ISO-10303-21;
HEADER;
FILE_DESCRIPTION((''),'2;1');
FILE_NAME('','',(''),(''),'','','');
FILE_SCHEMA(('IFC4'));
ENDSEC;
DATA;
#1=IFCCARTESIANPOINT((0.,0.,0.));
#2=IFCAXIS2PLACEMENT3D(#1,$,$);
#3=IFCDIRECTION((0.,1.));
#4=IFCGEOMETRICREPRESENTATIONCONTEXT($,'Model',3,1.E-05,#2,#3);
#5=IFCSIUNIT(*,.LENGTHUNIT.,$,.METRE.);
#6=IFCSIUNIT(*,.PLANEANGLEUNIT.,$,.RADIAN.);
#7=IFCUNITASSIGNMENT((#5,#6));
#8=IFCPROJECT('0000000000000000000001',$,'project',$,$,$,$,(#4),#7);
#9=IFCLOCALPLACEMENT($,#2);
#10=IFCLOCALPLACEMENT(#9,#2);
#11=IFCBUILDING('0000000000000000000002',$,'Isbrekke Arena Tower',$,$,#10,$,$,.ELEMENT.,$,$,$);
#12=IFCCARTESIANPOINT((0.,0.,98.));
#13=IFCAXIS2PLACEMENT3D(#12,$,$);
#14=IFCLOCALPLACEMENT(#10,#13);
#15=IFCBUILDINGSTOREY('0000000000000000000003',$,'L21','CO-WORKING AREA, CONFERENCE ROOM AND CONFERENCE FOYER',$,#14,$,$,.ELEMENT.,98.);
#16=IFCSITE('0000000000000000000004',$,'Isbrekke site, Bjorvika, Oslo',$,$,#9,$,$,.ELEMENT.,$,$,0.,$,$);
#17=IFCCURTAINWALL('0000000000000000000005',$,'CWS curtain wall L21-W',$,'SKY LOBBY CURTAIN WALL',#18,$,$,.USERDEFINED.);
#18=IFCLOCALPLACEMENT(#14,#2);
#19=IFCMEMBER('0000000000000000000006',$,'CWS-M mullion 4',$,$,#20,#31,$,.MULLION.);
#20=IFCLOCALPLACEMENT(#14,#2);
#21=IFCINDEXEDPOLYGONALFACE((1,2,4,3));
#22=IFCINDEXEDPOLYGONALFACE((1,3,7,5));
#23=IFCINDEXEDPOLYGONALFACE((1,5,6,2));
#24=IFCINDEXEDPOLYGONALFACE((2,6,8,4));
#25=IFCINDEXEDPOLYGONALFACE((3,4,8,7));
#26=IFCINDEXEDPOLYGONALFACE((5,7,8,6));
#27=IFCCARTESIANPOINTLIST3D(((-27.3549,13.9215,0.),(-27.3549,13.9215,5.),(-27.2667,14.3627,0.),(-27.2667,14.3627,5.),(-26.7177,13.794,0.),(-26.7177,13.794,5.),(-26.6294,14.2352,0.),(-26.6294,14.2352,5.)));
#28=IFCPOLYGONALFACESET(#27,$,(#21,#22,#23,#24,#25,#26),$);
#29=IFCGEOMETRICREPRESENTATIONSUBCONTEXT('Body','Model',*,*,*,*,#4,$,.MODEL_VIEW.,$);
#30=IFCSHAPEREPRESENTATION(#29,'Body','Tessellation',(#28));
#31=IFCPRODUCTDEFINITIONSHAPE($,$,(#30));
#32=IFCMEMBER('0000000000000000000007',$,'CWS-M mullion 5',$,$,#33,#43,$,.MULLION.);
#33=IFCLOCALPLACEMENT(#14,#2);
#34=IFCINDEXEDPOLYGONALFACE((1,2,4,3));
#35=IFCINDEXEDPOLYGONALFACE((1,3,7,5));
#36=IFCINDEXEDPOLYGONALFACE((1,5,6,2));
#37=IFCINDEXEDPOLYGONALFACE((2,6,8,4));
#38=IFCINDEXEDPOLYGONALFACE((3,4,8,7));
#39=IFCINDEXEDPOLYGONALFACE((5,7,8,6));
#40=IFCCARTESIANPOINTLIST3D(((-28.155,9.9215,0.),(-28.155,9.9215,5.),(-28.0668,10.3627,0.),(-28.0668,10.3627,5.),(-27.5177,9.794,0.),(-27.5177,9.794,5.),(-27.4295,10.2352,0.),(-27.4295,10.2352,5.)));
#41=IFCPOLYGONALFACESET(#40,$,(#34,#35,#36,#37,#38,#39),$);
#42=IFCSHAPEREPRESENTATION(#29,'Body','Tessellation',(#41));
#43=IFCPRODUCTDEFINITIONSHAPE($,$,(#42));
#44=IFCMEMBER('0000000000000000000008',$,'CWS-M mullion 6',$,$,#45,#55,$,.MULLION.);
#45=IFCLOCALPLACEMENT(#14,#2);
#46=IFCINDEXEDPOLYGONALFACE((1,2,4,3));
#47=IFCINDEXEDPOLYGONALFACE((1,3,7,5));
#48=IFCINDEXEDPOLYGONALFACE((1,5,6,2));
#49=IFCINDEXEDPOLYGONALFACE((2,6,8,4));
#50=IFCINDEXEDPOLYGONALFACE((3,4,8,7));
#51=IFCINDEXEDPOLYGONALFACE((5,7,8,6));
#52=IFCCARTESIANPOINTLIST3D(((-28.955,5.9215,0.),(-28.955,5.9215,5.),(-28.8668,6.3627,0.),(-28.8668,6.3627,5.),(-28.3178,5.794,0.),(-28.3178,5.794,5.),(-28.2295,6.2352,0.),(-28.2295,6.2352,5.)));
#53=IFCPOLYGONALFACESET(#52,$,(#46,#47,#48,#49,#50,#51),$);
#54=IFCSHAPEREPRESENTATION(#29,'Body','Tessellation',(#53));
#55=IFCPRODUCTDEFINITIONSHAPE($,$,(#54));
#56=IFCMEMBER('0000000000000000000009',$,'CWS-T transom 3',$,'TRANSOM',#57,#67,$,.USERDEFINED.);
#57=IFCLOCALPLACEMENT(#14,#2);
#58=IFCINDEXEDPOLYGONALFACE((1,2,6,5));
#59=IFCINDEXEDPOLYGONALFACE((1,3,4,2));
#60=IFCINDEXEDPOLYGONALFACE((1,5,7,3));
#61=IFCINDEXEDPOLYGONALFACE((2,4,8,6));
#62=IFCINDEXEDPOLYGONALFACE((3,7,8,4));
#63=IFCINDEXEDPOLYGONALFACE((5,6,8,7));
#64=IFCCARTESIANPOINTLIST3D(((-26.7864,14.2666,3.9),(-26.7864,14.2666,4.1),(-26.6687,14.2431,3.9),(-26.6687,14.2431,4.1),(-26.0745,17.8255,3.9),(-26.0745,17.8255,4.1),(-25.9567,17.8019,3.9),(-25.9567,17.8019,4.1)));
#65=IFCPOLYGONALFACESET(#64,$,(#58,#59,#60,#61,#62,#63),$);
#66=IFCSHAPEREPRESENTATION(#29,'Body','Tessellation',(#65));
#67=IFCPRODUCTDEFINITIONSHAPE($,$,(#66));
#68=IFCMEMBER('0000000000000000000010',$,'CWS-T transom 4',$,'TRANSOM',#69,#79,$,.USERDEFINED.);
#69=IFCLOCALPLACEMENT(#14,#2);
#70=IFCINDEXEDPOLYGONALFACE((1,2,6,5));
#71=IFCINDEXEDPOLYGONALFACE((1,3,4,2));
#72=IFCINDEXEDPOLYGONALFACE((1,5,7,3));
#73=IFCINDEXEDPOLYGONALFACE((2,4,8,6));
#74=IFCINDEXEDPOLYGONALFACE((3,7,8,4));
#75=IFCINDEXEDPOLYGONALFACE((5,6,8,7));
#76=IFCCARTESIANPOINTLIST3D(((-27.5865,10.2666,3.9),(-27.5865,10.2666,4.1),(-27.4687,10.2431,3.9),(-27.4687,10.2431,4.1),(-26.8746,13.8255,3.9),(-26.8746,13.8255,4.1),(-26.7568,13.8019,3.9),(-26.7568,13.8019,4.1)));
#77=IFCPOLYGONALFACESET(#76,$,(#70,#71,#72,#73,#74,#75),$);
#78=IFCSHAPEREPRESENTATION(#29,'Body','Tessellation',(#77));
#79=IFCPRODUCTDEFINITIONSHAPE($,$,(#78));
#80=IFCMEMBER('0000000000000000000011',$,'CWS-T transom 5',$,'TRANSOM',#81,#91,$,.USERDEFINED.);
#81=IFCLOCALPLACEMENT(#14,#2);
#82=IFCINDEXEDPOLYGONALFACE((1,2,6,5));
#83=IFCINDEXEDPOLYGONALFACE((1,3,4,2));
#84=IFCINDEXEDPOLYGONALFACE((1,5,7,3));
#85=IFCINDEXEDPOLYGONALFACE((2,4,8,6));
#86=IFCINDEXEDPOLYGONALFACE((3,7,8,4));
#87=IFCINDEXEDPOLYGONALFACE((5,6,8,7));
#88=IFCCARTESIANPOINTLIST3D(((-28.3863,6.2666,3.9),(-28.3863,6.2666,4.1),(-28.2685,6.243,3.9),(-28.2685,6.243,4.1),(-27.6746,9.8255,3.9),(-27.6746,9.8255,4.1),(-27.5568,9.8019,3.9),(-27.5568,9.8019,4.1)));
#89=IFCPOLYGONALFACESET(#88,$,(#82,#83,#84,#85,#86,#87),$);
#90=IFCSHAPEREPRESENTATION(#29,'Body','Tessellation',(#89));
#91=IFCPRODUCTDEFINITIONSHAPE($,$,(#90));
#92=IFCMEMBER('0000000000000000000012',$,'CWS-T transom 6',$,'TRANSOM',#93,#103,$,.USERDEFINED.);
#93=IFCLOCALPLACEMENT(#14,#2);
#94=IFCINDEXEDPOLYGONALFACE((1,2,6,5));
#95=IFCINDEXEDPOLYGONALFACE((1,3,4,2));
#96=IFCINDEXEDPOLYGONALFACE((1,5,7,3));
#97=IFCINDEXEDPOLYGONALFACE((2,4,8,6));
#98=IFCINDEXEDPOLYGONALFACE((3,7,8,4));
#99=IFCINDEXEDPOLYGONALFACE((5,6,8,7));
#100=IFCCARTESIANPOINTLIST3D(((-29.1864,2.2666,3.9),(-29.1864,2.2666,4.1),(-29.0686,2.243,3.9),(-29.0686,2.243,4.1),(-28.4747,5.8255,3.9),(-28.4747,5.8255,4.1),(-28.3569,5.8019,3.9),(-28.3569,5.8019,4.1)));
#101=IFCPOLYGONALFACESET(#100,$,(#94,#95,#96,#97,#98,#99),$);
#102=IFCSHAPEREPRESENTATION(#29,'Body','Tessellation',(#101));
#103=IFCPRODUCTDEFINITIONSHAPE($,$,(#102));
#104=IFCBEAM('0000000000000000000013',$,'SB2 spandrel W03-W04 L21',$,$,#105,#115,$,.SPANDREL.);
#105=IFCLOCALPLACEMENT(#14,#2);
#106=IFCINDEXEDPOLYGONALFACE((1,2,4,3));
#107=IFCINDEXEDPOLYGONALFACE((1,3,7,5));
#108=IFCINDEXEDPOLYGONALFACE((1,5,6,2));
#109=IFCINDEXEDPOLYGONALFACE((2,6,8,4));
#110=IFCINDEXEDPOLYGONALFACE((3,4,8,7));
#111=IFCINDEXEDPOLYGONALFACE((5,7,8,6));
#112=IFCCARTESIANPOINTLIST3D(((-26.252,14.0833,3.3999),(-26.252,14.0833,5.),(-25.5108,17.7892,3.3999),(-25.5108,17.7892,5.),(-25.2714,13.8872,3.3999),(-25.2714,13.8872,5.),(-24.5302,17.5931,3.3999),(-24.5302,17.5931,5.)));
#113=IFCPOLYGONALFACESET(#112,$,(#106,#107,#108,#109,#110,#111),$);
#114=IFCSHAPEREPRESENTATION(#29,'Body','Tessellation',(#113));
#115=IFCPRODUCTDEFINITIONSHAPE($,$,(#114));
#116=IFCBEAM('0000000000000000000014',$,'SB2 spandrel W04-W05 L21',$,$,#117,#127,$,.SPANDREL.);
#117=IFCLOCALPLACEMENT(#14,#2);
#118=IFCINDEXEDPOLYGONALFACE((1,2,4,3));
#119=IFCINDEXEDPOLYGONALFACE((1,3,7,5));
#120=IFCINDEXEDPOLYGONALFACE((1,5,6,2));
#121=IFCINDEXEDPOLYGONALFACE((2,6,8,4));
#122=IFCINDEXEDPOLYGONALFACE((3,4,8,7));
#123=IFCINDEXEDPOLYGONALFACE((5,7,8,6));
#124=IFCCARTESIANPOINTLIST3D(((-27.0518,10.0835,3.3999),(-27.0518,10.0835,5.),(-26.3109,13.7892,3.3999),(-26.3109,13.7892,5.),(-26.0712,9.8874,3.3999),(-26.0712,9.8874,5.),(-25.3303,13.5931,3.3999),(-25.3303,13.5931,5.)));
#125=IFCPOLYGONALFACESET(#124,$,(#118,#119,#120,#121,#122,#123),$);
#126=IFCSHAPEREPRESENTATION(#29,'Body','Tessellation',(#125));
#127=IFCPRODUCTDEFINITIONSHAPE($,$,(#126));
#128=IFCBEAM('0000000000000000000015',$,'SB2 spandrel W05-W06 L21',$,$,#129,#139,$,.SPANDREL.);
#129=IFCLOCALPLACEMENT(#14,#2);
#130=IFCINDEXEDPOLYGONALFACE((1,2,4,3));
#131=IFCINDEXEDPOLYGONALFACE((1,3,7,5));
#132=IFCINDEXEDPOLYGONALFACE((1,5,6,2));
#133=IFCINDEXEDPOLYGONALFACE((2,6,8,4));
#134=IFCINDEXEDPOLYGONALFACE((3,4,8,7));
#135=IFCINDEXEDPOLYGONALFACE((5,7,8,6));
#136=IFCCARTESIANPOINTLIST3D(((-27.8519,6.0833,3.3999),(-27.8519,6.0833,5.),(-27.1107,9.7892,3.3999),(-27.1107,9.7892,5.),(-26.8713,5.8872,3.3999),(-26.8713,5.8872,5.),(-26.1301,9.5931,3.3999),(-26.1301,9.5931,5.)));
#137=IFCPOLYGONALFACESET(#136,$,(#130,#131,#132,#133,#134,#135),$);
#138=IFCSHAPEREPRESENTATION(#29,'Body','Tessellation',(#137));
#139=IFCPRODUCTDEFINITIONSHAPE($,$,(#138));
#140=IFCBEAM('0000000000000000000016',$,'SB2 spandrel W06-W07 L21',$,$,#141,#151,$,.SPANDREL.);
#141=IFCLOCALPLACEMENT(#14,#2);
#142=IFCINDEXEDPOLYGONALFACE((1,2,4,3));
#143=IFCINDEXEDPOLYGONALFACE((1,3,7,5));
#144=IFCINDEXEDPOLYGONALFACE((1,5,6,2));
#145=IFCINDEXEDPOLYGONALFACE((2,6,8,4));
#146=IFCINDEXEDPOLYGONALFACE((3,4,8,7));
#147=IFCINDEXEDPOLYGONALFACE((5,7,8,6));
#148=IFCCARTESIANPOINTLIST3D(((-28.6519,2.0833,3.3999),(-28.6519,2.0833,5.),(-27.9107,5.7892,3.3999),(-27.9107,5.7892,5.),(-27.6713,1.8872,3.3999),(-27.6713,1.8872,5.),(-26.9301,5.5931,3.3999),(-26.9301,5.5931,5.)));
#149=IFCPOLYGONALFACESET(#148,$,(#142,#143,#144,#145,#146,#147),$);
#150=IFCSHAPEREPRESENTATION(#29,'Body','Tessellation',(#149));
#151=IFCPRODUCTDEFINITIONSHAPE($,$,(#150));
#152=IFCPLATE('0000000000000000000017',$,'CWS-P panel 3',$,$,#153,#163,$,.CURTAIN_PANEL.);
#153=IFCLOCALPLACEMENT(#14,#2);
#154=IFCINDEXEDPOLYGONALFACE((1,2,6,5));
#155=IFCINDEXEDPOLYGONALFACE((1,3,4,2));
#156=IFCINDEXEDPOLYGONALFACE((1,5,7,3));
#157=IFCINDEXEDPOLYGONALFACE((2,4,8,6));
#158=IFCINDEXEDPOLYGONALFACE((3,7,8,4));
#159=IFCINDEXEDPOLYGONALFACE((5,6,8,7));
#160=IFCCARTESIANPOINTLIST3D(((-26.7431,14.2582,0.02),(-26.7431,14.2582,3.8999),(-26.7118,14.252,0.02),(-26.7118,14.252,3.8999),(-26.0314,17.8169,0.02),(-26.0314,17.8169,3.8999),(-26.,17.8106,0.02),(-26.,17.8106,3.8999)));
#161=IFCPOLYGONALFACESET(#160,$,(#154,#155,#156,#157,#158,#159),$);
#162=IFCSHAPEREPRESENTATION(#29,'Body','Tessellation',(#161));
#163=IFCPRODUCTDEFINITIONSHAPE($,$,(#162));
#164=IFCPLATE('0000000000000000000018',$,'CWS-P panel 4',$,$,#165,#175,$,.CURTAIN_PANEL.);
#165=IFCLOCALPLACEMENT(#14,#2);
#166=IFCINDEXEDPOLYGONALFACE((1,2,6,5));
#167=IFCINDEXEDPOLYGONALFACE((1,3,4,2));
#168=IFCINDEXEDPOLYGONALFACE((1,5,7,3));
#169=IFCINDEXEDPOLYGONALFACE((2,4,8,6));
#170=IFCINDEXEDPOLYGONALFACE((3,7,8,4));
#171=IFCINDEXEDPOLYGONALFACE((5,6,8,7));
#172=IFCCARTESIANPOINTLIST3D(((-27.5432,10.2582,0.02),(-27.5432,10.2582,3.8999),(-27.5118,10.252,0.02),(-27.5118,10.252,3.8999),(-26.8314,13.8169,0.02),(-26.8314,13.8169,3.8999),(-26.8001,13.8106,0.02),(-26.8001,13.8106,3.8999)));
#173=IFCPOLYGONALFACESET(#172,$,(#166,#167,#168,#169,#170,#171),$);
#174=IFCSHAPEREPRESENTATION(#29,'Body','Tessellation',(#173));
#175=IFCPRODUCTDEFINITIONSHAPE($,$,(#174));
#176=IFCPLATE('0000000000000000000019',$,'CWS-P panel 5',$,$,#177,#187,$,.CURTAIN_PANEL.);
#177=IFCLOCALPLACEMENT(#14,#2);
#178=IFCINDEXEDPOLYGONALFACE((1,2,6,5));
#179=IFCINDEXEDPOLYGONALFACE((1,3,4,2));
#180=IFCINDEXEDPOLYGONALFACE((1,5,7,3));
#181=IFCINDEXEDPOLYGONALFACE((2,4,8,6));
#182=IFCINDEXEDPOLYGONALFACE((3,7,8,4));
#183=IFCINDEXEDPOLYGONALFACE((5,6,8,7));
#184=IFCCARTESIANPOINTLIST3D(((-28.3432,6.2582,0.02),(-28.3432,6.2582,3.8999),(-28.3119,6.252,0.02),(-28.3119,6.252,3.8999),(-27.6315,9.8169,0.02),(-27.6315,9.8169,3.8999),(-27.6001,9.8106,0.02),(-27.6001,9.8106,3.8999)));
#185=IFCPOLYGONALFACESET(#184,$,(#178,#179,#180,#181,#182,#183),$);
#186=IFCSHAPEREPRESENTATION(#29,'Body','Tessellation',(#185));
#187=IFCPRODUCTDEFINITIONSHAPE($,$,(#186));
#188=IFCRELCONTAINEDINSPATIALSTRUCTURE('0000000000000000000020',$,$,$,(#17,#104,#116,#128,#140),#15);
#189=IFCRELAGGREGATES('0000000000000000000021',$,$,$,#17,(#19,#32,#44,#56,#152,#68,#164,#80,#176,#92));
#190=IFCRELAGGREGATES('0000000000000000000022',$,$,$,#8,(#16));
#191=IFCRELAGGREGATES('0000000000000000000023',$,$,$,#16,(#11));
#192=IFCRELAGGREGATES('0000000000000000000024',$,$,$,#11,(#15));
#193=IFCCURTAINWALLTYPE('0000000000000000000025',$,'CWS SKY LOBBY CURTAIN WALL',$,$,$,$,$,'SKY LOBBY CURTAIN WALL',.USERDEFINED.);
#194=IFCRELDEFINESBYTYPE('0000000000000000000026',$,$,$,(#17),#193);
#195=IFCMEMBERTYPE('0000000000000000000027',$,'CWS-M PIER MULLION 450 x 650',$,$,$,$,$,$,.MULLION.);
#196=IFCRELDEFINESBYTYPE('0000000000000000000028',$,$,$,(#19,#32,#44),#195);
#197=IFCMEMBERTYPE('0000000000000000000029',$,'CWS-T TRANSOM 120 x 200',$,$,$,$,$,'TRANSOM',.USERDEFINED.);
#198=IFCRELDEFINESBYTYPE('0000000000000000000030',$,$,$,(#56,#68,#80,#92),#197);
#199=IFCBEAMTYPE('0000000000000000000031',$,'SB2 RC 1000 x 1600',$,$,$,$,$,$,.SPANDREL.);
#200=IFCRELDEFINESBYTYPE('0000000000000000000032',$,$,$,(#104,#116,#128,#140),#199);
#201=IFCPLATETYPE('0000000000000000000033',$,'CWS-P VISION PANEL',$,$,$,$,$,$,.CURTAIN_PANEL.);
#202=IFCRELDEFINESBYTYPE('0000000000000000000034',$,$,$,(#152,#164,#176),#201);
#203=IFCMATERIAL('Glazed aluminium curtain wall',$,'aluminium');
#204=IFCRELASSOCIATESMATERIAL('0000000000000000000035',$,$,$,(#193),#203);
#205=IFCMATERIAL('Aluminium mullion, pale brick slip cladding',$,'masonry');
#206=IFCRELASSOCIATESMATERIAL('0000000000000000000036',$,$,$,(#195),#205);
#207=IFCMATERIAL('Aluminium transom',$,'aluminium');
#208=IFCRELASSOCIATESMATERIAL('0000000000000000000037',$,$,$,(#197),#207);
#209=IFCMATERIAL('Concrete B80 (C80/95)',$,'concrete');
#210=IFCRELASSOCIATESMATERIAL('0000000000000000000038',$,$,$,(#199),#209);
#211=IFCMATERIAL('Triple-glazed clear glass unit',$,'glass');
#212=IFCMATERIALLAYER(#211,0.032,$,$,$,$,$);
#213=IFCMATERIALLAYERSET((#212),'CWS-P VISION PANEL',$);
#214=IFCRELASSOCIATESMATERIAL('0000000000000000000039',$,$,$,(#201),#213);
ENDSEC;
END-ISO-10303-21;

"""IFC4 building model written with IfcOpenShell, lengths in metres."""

from ifc_helpers import new_model, si_unit, direction, frame, origin, origin_2d, place, context, subcontext, project, spatial, rectangle, extrude, material, layer, layer_set, material_profile, profile_set, type_object, element, aggregate, save


model = new_model("IFC4")

# Units and contexts
model_context = context("Model", 3, precision=1e-05, world=origin(), true_north=direction((0.0, 1.0)))
body_context = subcontext(model_context, "Body", "Model", "MODEL_VIEW")
ifc_project = project(units=[si_unit("LENGTHUNIT", "METRE"), si_unit("PLANEANGLEUNIT", "RADIAN")], contexts=[model_context])

# Site, building, storey
site_placement = place(None, origin())
site = spatial("IfcSite", under=ifc_project, at=site_placement, Name="Isbrekke site, Bjorvika, Oslo", CompositionType="ELEMENT", RefElevation=0.0)
building_placement = place(site_placement, origin())
building = spatial("IfcBuilding", under=site, at=building_placement, Name="Isbrekke Arena Tower", CompositionType="ELEMENT")
storey_placement = place(building_placement, frame((0.0, 0.0, 98.0)))
storey = spatial("IfcBuildingStorey", under=building, at=storey_placement, Name="L21", Description="CO-WORKING AREA, CONFERENCE ROOM AND CONFERENCE FOYER", CompositionType="ELEMENT", Elevation=98.0)

# Curtain wall, members
ifc_material_1 = material(Name="Glazed aluminium curtain wall", Category="aluminium")
curtain_wall_type = type_object("IfcCurtainWallType", Name="CWS SKY LOBBY CURTAIN WALL", ElementType="SKY LOBBY CURTAIN WALL", PredefinedType="USERDEFINED", material=ifc_material_1)
curtain_wall_placement = place(storey_placement, origin())
curtain_wall = element("IfcCurtainWall", 1, at=curtain_wall_placement, inside=storey, type_object=curtain_wall_type, Name="CWS curtain wall L21-W", ObjectType="SKY LOBBY CURTAIN WALL", PredefinedType="USERDEFINED")
ifc_material_2 = material(Name="Aluminium mullion, pale brick slip cladding", Category="masonry")
ifc_material_profile_1 = material_profile(ifc_material_2, rectangle(XDim=0.45, YDim=0.6499, at=origin_2d()), Name="PIER 450X650")
ifc_profile_set_1 = profile_set([ifc_material_profile_1], Name="Aluminium mullion, pale brick slip cladding")
member_type_1 = type_object("IfcMemberType", Name="CWS-M PIER MULLION 450 x 650", PredefinedType="MULLION", material=ifc_profile_set_1)
member_1_placement = place(storey_placement, frame((-26.9922, 14.0784, 0.0), z_axis=(0.0, 0.0, 1.0), x_axis=(-0.196116, -0.980581, 0.0)))
member_1 = element("IfcMember", 2, at=member_1_placement, type_object=member_type_1, Name="CWS-M mullion 4", PredefinedType="MULLION", context=body_context, shape_type="SweptSolid", body=[
    extrude(rectangle(XDim=0.45, YDim=0.6499, at=origin_2d()), origin(), (0.0, 0.0, 1.0), 5.0),
])
member_2_placement = place(storey_placement, frame((-27.7922, 10.0784, 0.0), z_axis=(0.0, 0.0, 1.0), x_axis=(-0.196116, -0.980581, 0.0)))
member_2 = element("IfcMember", 3, at=member_2_placement, type_object=member_type_1, Name="CWS-M mullion 5", PredefinedType="MULLION", context=body_context, shape_type="SweptSolid", body=[
    extrude(rectangle(XDim=0.45, YDim=0.6499, at=origin_2d()), origin(), (0.0, 0.0, 1.0), 5.0),
])
member_3_placement = place(storey_placement, frame((-28.5923, 6.0784, 0.0), z_axis=(0.0, 0.0, 1.0), x_axis=(-0.196116, -0.980581, 0.0)))
member_3 = element("IfcMember", 4, at=member_3_placement, type_object=member_type_1, Name="CWS-M mullion 6", PredefinedType="MULLION", context=body_context, shape_type="SweptSolid", body=[
    extrude(rectangle(XDim=0.45, YDim=0.6499, at=origin_2d()), origin(), (0.0, 0.0, 1.0), 5.0),
])
ifc_material_3 = material(Name="Aluminium transom", Category="aluminium")
ifc_material_profile_2 = material_profile(ifc_material_3, rectangle(XDim=0.1201, YDim=0.2, at=origin_2d()), Name="TRANSOM 120X200")
ifc_profile_set_2 = profile_set([ifc_material_profile_2], Name="Aluminium transom")
member_type_2 = type_object("IfcMemberType", Name="CWS-T TRANSOM 120 x 200", ElementType="TRANSOM", PredefinedType="USERDEFINED", material=ifc_profile_set_2)
member_4_placement = place(storey_placement, frame((-26.0156, 17.8137, 4.0), z_axis=(-0.196155, -0.980573, 0.0), x_axis=(0.980573, -0.196155, 0.0)))
member_4 = element("IfcMember", 5, at=member_4_placement, type_object=member_type_2, Name="CWS-T transom 3", ObjectType="TRANSOM", PredefinedType="USERDEFINED", context=body_context, shape_type="SweptSolid", body=[
    extrude(rectangle(XDim=0.1201, YDim=0.2, at=origin_2d()), origin(), (0.0, 0.0, 1.0), 3.6294),
])
member_5_placement = place(storey_placement, frame((-26.8157, 13.8137, 4.0), z_axis=(-0.196155, -0.980573, 0.0), x_axis=(0.980573, -0.196155, 0.0)))
member_5 = element("IfcMember", 6, at=member_5_placement, type_object=member_type_2, Name="CWS-T transom 4", ObjectType="TRANSOM", PredefinedType="USERDEFINED", context=body_context, shape_type="SweptSolid", body=[
    extrude(rectangle(XDim=0.1201, YDim=0.2, at=origin_2d()), origin(), (0.0, 0.0, 1.0), 3.6294),
])
member_6_placement = place(storey_placement, frame((-27.6157, 9.8137, 4.0), z_axis=(-0.19609, -0.980586, 0.0), x_axis=(0.980586, -0.19609, 0.0)))
member_6 = element("IfcMember", 7, at=member_6_placement, type_object=member_type_2, Name="CWS-T transom 5", ObjectType="TRANSOM", PredefinedType="USERDEFINED", context=body_context, shape_type="SweptSolid", body=[
    extrude(rectangle(XDim=0.1201, YDim=0.2, at=origin_2d()), origin(), (0.0, 0.0, 1.0), 3.6294),
])
member_7_placement = place(storey_placement, frame((-28.4158, 5.8137, 4.0), z_axis=(-0.19609, -0.980586, 0.0), x_axis=(0.980586, -0.19609, 0.0)))
member_7 = element("IfcMember", 8, at=member_7_placement, type_object=member_type_2, Name="CWS-T transom 6", ObjectType="TRANSOM", PredefinedType="USERDEFINED", context=body_context, shape_type="SweptSolid", body=[
    extrude(rectangle(XDim=0.1201, YDim=0.2, at=origin_2d()), origin(), (0.0, 0.0, 1.0), 3.6294),
])

# Beams
ifc_material_4 = material(Name="Concrete B80 (C80/95)", Category="concrete")
ifc_material_profile_3 = material_profile(ifc_material_4, rectangle(XDim=1.0, YDim=1.6001, at=origin_2d()), Name="RC 1000x1600")
ifc_profile_set_3 = profile_set([ifc_material_profile_3], Name="Concrete B80 (C80/95)")
beam_type_1 = type_object("IfcBeamType", Name="SB2 RC 1000 x 1600", PredefinedType="SPANDREL", material=ifc_profile_set_3)
beam_1_placement = place(storey_placement, frame((-25.0205, 17.6912, 4.2), z_axis=(-0.196129, -0.980578, 0.0), x_axis=(0.980578, -0.196129, 0.0)))
element("IfcBeam", 9, at=beam_1_placement, inside=storey, type_object=beam_type_1, Name="SB2 spandrel W03-W04 L21", PredefinedType="SPANDREL", context=body_context, shape_type="SweptSolid", body=[
    extrude(rectangle(XDim=1.0, YDim=1.6001, at=origin_2d()), origin(), (0.0, 0.0, 1.0), 3.7793),
])
beam_2_placement = place(storey_placement, frame((-25.8206, 13.6912, 4.2), z_axis=(-0.196066, -0.980591, 0.0), x_axis=(0.980591, -0.196066, 0.0)))
element("IfcBeam", 10, at=beam_2_placement, inside=storey, type_object=beam_type_1, Name="SB2 spandrel W04-W05 L21", PredefinedType="SPANDREL", context=body_context, shape_type="SweptSolid", body=[
    extrude(rectangle(XDim=1.0, YDim=1.6001, at=origin_2d()), origin(), (0.0, 0.0, 1.0), 3.7791),
])
for number, where, z_axis, x_axis, name in (
    (11, (-26.6204, 9.6912, 4.2), (-0.196129, -0.980578, 0.0), (0.980578, -0.196129, 0.0), "SB2 spandrel W05-W06 L21"),
    (12, (-27.4204, 5.6912, 4.2), (-0.196129, -0.980578, 0.0), (0.980578, -0.196129, 0.0), "SB2 spandrel W06-W07 L21"),
):
    element("IfcBeam", number, at=place(storey_placement, frame(where, z_axis=z_axis, x_axis=x_axis)), inside=storey, type_object=beam_type_1, Name=name, PredefinedType="SPANDREL", context=body_context, shape_type="SweptSolid", body=[
        extrude(rectangle(XDim=1.0, YDim=1.6001, at=origin_2d()), origin(), (0.0, 0.0, 1.0), 3.7793),
    ])

# Plates
ifc_material_5 = material(Name="Triple-glazed clear glass unit", Category="glass")
ifc_layer_1 = layer(ifc_material_5, 0.032)
ifc_layer_set_1 = layer_set([ifc_layer_1], Name="CWS-P VISION PANEL")
plate_type = type_object("IfcPlateType", Name="CWS-P VISION PANEL", PredefinedType="CURTAIN_PANEL", material=ifc_layer_set_1)
plate_1_placement = place(storey_placement, frame((-26.3716, 16.0344, 0.02), z_axis=(0.0, 0.0, 1.0), x_axis=(-0.196116, -0.980581, 0.0)))
plate_1 = element("IfcPlate", 13, at=plate_1_placement, type_object=plate_type, Name="CWS-P panel 3", PredefinedType="CURTAIN_PANEL", context=body_context, shape_type="SweptSolid", body=[
    extrude(rectangle(XDim=3.6292, YDim=0.032, at=origin_2d()), origin(), (0.0, 0.0, 1.0), 3.8799),
])
plate_2_placement = place(storey_placement, frame((-27.1716, 12.0344, 0.02), z_axis=(0.0, 0.0, 1.0), x_axis=(-0.196116, -0.980581, 0.0)))
plate_2 = element("IfcPlate", 14, at=plate_2_placement, type_object=plate_type, Name="CWS-P panel 4", PredefinedType="CURTAIN_PANEL", context=body_context, shape_type="SweptSolid", body=[
    extrude(rectangle(XDim=3.6292, YDim=0.032, at=origin_2d()), origin(), (0.0, 0.0, 1.0), 3.8799),
])
plate_3_placement = place(storey_placement, frame((-27.9717, 8.0344, 0.02), z_axis=(0.0, 0.0, 1.0), x_axis=(-0.196116, -0.980581, 0.0)))
plate_3 = element("IfcPlate", 15, at=plate_3_placement, type_object=plate_type, Name="CWS-P panel 5", PredefinedType="CURTAIN_PANEL", context=body_context, shape_type="SweptSolid", body=[
    extrude(rectangle(XDim=3.6292, YDim=0.032, at=origin_2d()), origin(), (0.0, 0.0, 1.0), 3.8799),
])
aggregate(curtain_wall, [member_1, member_2, member_3, member_4, plate_1, member_5, plate_2, member_6, plate_3, member_7])

save(model, "model.ifc")
